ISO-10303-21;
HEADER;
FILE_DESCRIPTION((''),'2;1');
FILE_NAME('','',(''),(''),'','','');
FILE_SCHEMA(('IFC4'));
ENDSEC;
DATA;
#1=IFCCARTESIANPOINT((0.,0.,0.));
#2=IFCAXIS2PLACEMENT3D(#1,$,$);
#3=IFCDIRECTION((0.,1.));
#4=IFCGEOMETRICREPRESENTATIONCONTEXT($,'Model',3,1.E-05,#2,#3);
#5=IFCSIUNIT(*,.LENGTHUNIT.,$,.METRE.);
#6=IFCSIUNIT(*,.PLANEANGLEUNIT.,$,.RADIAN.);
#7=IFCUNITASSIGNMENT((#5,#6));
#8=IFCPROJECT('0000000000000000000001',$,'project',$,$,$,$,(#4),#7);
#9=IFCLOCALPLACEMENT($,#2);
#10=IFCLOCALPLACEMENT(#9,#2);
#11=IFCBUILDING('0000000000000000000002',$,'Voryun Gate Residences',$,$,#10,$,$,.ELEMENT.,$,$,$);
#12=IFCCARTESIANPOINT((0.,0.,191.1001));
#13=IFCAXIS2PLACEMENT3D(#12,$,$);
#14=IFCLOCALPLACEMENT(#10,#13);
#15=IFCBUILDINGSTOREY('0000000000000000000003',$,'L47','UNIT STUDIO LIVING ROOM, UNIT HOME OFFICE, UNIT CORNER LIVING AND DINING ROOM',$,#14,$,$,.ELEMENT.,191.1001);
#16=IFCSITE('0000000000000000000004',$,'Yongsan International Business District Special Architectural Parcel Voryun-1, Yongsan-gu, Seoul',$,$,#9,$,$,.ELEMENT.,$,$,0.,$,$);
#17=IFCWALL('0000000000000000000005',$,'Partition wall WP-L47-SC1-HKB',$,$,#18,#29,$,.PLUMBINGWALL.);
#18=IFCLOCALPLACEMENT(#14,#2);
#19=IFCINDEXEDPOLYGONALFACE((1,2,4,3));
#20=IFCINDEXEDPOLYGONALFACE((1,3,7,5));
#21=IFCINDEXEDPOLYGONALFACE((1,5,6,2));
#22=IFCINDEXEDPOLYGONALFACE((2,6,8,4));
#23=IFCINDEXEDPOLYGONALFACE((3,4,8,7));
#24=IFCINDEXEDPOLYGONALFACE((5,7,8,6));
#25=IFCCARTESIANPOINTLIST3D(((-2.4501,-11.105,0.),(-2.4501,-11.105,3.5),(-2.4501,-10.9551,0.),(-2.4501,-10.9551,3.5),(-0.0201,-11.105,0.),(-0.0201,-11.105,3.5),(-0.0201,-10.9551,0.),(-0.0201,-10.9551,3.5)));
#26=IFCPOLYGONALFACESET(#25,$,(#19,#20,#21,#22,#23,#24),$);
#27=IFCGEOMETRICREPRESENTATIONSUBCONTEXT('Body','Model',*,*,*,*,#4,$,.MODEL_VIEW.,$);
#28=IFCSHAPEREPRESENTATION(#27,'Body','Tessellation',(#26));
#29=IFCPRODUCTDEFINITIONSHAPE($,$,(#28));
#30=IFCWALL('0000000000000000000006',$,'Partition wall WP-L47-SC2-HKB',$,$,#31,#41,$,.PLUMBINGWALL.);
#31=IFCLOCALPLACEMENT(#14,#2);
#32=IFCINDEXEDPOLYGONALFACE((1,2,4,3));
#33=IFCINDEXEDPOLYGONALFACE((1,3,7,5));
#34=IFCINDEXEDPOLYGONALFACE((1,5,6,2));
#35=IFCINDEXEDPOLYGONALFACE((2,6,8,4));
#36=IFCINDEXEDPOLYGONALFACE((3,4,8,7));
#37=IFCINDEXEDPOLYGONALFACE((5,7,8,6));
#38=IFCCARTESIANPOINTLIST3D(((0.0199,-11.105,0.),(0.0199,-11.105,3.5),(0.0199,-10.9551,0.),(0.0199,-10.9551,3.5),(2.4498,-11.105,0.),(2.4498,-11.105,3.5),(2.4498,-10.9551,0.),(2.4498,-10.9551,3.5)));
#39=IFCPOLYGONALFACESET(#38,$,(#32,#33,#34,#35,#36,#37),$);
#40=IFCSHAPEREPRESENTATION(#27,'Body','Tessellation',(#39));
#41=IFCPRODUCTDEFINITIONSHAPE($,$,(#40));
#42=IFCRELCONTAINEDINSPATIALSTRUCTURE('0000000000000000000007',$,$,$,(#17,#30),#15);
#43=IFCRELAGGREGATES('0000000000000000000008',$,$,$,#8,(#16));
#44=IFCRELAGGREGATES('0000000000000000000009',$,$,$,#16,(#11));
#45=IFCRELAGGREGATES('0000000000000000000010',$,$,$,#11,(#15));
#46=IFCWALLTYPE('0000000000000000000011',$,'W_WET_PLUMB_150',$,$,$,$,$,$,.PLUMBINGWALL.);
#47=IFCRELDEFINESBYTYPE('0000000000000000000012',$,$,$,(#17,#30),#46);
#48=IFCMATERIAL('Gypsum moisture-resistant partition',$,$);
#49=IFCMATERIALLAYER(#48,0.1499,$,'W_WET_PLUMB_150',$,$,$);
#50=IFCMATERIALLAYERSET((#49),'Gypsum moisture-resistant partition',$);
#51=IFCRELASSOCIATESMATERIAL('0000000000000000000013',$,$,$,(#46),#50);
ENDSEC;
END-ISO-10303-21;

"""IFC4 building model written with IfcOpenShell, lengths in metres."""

from ifc_helpers import new_model, si_unit, direction, frame, frame_2d, origin, place, context, subcontext, project, spatial, rectangle, extrude, material, layer, layer_set, type_object, element, save


model = new_model("IFC4")

# Units and contexts
model_context = context("Model", 3, precision=1e-05, world=origin(), true_north=direction((0.0, 1.0)))
body_context = subcontext(model_context, "Body", "Model", "MODEL_VIEW")
ifc_project = project(units=[si_unit("LENGTHUNIT", "METRE"), si_unit("PLANEANGLEUNIT", "RADIAN")], contexts=[model_context])

# Site, building, storey
site_placement = place(None, origin())
site = spatial("IfcSite", under=ifc_project, at=site_placement, Name="Yongsan International Business District Special Architectural Parcel Voryun-1, Yongsan-gu, Seoul", CompositionType="ELEMENT", RefElevation=0.0)
building_placement = place(site_placement, origin())
building = spatial("IfcBuilding", under=site, at=building_placement, Name="Voryun Gate Residences", CompositionType="ELEMENT")
storey_placement = place(building_placement, frame((0.0, 0.0, 191.1001)))
storey = spatial("IfcBuildingStorey", under=building, at=storey_placement, Name="L47", Description="UNIT STUDIO LIVING ROOM, UNIT HOME OFFICE, UNIT CORNER LIVING AND DINING ROOM", CompositionType="ELEMENT", Elevation=191.1001)

# Walls
ifc_material_1 = material(Name="Gypsum moisture-resistant partition")
ifc_layer_1 = layer(ifc_material_1, 0.1499, Name="W_WET_PLUMB_150")
ifc_layer_set_1 = layer_set([ifc_layer_1], Name="Gypsum moisture-resistant partition")
wall_type_1 = type_object("IfcWallType", Name="W_WET_PLUMB_150", PredefinedType="PLUMBINGWALL", material=ifc_layer_set_1)
for number, where, z_axis, x_axis, name in (
    (1, (-2.45, -11.03, 0.0), (0.0, 0.0, 1.0), (1.0, 0.0, 0.0), "Partition wall WP-L47-SC1-HKB"),
    (2, (0.02, -11.03, 0.0), (0.0, 0.0, 1.0), (1.0, 0.0, 0.0), "Partition wall WP-L47-SC2-HKB"),
):
    element("IfcWall", number, at=place(storey_placement, frame(where, z_axis=z_axis, x_axis=x_axis)), inside=storey, type_object=wall_type_1, Name=name, PredefinedType="PLUMBINGWALL", context=body_context, shape_type="SweptSolid", body=[
        extrude(rectangle(XDim=2.4299, YDim=0.1499, at=frame_2d((1.2148, 0.0))), origin(), (0.0, 0.0, 1.0), 3.5),
    ])

save(model, "model.ifc")
